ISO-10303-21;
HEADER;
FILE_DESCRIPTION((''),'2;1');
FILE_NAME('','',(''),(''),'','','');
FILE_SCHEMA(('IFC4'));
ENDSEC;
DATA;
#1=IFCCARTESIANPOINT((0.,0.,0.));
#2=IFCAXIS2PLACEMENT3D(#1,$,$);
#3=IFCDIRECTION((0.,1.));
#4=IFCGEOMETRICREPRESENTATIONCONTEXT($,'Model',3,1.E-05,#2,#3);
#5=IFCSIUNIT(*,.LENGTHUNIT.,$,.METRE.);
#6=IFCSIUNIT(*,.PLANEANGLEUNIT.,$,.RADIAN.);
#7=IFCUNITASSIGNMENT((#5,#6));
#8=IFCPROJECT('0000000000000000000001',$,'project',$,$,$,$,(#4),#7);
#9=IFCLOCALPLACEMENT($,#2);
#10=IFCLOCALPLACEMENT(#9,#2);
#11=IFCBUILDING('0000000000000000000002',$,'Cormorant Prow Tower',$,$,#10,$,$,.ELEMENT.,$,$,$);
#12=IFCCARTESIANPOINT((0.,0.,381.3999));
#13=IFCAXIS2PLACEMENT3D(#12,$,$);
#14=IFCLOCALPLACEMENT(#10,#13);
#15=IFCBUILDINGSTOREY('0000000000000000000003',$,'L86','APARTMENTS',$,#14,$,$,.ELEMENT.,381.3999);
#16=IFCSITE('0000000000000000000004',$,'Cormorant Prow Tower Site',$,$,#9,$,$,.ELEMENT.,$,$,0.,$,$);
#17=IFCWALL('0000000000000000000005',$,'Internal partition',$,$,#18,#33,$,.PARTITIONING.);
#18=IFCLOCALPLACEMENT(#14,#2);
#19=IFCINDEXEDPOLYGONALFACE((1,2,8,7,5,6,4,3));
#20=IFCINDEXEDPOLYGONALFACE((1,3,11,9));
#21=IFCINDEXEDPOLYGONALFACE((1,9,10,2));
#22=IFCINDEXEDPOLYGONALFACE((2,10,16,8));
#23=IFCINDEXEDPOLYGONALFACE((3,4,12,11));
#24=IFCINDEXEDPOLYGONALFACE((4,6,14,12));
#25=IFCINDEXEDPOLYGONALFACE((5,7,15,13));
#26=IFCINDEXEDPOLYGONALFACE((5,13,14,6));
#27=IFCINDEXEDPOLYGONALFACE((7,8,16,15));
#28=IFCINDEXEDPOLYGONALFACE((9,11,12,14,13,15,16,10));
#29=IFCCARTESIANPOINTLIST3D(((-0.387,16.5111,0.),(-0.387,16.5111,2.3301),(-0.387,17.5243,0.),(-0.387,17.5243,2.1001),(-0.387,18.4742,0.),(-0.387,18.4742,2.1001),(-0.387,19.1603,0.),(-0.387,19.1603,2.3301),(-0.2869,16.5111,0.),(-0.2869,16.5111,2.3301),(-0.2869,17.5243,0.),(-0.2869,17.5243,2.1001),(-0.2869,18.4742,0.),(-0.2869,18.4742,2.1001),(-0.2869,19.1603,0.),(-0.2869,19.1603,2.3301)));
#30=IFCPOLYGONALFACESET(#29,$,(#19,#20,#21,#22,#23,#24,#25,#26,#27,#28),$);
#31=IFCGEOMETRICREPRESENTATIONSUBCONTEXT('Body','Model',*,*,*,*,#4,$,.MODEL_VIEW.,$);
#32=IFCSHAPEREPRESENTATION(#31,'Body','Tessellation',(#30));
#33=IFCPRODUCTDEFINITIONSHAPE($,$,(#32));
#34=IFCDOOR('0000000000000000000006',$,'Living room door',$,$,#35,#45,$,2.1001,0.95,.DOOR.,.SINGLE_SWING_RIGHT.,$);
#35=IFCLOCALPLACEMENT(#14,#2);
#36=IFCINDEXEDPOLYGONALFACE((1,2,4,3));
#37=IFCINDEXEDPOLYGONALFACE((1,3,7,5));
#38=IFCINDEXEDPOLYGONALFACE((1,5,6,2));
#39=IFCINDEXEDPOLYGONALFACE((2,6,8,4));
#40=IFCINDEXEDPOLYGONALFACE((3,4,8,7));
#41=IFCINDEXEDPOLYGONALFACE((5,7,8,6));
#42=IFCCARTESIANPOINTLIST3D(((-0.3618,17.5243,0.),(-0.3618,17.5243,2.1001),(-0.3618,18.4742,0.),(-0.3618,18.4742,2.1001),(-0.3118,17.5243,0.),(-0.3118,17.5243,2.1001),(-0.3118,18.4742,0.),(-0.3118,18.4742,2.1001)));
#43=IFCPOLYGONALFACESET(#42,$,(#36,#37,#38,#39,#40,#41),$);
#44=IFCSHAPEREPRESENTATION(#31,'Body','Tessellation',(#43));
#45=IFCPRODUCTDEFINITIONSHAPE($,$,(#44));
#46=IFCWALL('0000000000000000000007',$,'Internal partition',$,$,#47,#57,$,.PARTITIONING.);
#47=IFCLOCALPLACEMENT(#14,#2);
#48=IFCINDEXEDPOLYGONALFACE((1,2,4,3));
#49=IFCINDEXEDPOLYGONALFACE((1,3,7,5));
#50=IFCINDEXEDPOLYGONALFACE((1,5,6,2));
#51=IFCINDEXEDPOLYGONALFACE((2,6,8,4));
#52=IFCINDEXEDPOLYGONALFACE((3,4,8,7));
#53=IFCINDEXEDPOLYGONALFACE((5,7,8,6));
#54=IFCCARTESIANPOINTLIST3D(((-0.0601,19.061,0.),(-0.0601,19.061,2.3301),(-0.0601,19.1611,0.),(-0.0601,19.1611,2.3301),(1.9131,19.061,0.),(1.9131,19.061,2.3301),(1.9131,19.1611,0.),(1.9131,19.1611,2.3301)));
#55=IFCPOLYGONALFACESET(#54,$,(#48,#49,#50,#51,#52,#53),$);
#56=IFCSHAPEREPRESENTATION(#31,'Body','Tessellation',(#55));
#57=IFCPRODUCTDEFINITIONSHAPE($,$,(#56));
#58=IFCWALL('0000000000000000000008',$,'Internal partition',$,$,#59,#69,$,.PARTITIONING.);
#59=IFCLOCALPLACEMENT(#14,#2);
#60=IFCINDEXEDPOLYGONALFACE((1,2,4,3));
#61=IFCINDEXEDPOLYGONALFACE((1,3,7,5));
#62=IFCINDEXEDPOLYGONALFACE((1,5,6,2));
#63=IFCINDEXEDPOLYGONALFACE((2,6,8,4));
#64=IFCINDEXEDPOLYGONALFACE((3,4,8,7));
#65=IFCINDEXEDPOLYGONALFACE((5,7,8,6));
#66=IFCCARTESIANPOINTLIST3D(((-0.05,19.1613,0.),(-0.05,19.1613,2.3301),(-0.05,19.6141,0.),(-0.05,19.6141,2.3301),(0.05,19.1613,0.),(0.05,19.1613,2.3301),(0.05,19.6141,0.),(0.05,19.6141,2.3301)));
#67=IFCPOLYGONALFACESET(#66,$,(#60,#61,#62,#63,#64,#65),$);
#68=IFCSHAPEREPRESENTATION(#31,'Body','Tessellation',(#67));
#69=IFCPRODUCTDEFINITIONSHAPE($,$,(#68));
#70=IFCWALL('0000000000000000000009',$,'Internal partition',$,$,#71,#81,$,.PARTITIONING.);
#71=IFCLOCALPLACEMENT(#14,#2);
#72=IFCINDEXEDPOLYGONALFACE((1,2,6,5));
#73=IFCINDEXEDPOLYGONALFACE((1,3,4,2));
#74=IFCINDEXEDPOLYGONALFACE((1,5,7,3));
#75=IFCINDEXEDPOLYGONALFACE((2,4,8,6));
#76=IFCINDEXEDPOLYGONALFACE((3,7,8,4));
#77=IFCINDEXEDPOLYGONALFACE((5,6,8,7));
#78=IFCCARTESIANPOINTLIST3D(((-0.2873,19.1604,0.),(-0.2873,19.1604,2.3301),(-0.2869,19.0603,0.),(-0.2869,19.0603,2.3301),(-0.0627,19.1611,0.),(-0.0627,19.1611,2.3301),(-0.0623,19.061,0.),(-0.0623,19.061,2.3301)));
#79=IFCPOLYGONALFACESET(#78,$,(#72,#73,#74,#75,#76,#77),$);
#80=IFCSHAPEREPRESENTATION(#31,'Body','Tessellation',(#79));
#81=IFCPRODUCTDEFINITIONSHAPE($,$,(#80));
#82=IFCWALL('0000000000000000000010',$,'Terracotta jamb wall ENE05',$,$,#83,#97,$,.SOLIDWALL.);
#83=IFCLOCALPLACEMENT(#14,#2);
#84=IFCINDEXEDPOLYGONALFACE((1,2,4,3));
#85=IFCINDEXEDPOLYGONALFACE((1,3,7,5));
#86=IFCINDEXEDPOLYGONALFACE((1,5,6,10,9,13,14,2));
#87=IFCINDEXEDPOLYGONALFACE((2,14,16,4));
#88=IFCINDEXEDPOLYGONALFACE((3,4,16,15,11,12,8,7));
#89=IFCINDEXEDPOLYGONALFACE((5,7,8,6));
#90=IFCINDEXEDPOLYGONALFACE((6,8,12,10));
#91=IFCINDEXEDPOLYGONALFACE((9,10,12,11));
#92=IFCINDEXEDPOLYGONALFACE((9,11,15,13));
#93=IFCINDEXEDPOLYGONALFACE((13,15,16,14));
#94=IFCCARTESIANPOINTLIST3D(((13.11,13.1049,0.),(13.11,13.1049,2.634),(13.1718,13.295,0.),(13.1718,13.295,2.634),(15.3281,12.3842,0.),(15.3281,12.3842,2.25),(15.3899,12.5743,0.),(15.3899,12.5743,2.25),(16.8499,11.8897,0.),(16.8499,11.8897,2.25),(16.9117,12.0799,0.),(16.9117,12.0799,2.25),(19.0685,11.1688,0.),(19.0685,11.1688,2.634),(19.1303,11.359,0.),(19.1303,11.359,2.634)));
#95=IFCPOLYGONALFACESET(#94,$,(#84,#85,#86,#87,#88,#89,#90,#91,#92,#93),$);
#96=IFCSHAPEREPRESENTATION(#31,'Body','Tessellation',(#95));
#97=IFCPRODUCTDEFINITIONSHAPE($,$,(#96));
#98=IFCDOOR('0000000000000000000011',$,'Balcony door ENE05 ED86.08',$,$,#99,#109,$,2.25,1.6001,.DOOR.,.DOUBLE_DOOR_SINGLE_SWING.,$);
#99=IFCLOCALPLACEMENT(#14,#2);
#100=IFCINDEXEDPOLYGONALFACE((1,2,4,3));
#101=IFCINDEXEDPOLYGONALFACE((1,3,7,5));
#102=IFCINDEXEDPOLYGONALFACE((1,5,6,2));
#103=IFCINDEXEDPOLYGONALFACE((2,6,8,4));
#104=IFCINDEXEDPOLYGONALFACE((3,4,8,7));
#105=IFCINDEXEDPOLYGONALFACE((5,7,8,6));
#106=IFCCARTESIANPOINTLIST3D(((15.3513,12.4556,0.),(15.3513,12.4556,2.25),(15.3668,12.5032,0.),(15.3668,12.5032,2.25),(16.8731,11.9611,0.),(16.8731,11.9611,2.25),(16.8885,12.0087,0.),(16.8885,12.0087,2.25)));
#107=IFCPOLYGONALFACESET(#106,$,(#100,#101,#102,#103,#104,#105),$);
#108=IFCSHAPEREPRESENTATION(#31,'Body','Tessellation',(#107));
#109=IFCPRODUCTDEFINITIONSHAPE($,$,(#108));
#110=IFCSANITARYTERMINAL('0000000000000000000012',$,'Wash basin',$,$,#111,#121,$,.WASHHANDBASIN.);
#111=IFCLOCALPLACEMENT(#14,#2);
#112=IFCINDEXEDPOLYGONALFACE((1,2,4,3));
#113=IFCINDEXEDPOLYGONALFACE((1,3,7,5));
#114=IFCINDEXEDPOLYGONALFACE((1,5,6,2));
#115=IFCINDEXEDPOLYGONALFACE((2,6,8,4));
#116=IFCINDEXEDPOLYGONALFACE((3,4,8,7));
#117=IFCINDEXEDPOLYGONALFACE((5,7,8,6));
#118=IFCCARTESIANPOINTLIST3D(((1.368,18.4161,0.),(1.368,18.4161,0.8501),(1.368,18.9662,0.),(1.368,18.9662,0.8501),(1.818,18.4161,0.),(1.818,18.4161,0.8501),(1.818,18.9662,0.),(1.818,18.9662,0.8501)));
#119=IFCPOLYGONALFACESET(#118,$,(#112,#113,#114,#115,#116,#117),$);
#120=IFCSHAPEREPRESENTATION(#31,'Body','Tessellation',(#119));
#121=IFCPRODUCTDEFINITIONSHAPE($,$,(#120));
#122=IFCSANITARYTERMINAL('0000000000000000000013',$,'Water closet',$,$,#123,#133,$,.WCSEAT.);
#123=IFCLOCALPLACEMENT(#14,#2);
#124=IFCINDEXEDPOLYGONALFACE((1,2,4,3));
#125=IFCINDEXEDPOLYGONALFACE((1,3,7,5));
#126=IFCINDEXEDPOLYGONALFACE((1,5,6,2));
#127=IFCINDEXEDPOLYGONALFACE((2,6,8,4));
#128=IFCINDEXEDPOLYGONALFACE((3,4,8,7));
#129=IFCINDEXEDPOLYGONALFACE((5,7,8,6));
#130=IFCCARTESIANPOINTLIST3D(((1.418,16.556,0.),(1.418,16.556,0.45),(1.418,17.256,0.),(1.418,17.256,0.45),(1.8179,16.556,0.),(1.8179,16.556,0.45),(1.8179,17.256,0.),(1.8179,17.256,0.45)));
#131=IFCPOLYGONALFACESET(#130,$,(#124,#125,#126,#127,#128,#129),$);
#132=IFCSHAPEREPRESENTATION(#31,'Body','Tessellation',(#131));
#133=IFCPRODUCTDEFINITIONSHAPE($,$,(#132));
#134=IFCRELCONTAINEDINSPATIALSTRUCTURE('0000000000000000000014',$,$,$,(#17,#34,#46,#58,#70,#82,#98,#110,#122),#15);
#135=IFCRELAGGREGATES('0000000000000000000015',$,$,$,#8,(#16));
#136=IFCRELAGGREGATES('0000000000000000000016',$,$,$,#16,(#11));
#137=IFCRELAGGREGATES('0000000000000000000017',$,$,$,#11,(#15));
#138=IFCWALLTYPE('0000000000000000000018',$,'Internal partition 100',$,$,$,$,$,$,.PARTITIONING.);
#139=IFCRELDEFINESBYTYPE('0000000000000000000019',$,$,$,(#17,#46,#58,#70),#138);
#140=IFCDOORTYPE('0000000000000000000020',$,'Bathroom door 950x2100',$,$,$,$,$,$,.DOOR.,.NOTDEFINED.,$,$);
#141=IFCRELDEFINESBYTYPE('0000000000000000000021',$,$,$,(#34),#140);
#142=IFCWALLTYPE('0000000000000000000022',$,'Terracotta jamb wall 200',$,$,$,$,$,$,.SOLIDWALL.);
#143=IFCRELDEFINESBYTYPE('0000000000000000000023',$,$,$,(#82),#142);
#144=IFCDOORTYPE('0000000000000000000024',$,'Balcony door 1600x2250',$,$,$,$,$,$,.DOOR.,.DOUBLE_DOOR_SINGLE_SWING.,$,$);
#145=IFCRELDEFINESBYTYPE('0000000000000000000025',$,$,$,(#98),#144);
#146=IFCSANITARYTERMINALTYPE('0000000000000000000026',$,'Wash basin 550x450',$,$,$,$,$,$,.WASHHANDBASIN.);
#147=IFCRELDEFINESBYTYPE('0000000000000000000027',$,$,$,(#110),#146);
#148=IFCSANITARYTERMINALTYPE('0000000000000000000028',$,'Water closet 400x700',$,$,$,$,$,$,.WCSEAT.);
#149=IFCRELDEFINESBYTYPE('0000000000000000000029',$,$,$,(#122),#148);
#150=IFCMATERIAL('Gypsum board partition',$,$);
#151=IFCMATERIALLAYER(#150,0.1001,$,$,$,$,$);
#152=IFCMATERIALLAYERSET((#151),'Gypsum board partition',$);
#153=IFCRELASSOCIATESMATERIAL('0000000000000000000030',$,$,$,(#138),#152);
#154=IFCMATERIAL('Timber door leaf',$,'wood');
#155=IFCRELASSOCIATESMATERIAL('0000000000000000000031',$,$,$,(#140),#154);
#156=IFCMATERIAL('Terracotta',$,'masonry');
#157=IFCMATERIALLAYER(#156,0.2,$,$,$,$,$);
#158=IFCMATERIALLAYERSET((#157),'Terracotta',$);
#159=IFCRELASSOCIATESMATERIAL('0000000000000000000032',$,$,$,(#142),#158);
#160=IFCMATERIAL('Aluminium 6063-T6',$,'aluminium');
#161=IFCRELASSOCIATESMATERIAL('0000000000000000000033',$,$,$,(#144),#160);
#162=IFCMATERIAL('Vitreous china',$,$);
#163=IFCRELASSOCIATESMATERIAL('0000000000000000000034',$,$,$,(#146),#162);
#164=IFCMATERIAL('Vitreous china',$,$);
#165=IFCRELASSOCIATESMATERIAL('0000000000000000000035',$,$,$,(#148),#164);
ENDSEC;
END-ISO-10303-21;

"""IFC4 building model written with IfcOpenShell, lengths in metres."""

from ifc_helpers import new_model, si_unit, direction, frame, frame_2d, origin, origin_2d, place, context, subcontext, project, spatial, rectangle, extrude, material, layer, layer_set, type_object, element, fill, save


model = new_model("IFC4")

# Units and contexts
model_context = context("Model", 3, precision=1e-05, world=origin(), true_north=direction((0.0, 1.0)))
body_context = subcontext(model_context, "Body", "Model", "MODEL_VIEW")
ifc_project = project(units=[si_unit("LENGTHUNIT", "METRE"), si_unit("PLANEANGLEUNIT", "RADIAN")], contexts=[model_context])

# Site, building, storey
site_placement = place(None, origin())
site = spatial("IfcSite", under=ifc_project, at=site_placement, Name="Cormorant Prow Tower Site", CompositionType="ELEMENT", RefElevation=0.0)
building_placement = place(site_placement, origin())
building = spatial("IfcBuilding", under=site, at=building_placement, Name="Cormorant Prow Tower", CompositionType="ELEMENT")
storey_placement = place(building_placement, frame((0.0, 0.0, 381.3999)))
storey = spatial("IfcBuildingStorey", under=building, at=storey_placement, Name="L86", Description="APARTMENTS", CompositionType="ELEMENT", Elevation=381.3999)

# Shared definitions
ifc_material_1 = material(Name="Gypsum board partition")
ifc_layer_1 = layer(ifc_material_1, 0.1001)
ifc_layer_set_1 = layer_set([ifc_layer_1], Name="Gypsum board partition")
wall_type_1 = type_object("IfcWallType", Name="Internal partition 100", PredefinedType="PARTITIONING", material=ifc_layer_set_1)

# Wall, opening, door
wall_1_placement = place(storey_placement, frame((-0.3369, 16.511, 0.0), z_axis=(0.0, 0.0, 1.0), x_axis=(0.0, 1.0, 0.0)))
wall_1 = element("IfcWall", 1, at=wall_1_placement, inside=storey, type_object=wall_type_1, Name="Internal partition", PredefinedType="PARTITIONING", context=body_context, shape_type="SweptSolid", body=[
    extrude(rectangle(XDim=2.6492, YDim=0.1001, at=frame_2d((1.3247, 0.0))), origin(), (0.0, 0.0, 1.0), 2.3301),
])
opening_1_placement = place(wall_1_placement, frame((1.0132, 0.0, 0.0)))
opening_1 = element("IfcOpeningElement", 2, at=opening_1_placement, cuts=wall_1, PredefinedType="OPENING", context=body_context, shape_type="SweptSolid", body=[
    extrude(rectangle(XDim=0.95, YDim=2.1001, at=frame_2d((0.4751, 1.05))), frame((0.0, 0.0601, 0.0), z_axis=(0.0, -1.0, 0.0), x_axis=(1.0, 0.0, 0.0)), (0.0, 0.0, 1.0), 0.1201),
])
ifc_material_2 = material(Name="Timber door leaf", Category="wood")
door_type_1 = type_object("IfcDoorType", Name="Bathroom door 950x2100", OperationType="NOTDEFINED", PredefinedType="DOOR", material=ifc_material_2)
door_1_placement = place(opening_1_placement, origin())
door_1 = element("IfcDoor", 3, at=door_1_placement, inside=storey, type_object=door_type_1, Name="Living room door", OperationType="SINGLE_SWING_RIGHT", OverallHeight=2.1001, OverallWidth=0.95, PredefinedType="DOOR", context=body_context, shape_type="SweptSolid", body=[
    extrude(rectangle(XDim=0.95, YDim=2.1001, at=frame_2d((0.4751, 1.05))), frame((0.0, 0.0249, 0.0), z_axis=(0.0, -1.0, 0.0), x_axis=(1.0, 0.0, 0.0)), (0.0, 0.0, 1.0), 0.05),
])
fill(opening_1, door_1)

# Walls
wall_2_placement = place(storey_placement, frame((-0.0601, 19.1111, 0.0), z_axis=(0.0, 0.0, 1.0), x_axis=(1.0, 0.0, 0.0)))
element("IfcWall", 4, at=wall_2_placement, inside=storey, type_object=wall_type_1, Name="Internal partition", PredefinedType="PARTITIONING", context=body_context, shape_type="SweptSolid", body=[
    extrude(rectangle(XDim=1.9731, YDim=0.1001, at=frame_2d((0.9866, 0.0))), origin(), (0.0, 0.0, 1.0), 2.3301),
])
wall_3_placement = place(storey_placement, frame((0.0, 19.1611, 0.0), z_axis=(0.0, 0.0, 1.0), x_axis=(0.0, 1.0, 0.0)))
element("IfcWall", 5, at=wall_3_placement, inside=storey, type_object=wall_type_1, Name="Internal partition", PredefinedType="PARTITIONING", context=body_context, shape_type="SweptSolid", body=[
    extrude(rectangle(XDim=0.4529, YDim=0.1001, at=frame_2d((0.2266, 0.0))), origin(), (0.0, 0.0, 1.0), 2.3301),
])
wall_4_placement = place(storey_placement, frame((-0.2871, 19.1104, 0.0), z_axis=(0.0, 0.0, 1.0), x_axis=(0.999995, 0.003261, 0.0)))
element("IfcWall", 6, at=wall_4_placement, inside=storey, type_object=wall_type_1, Name="Internal partition", PredefinedType="PARTITIONING", context=body_context, shape_type="SweptSolid", body=[
    extrude(rectangle(XDim=0.2246, YDim=0.1001, at=frame_2d((0.1123, 0.0))), origin(), (0.0, 0.0, 1.0), 2.3301),
])

# Wall, opening, door
ifc_material_3 = material(Name="Terracotta", Category="masonry")
ifc_layer_2 = layer(ifc_material_3, 0.2)
ifc_layer_set_2 = layer_set([ifc_layer_2], Name="Terracotta")
wall_type_2 = type_object("IfcWallType", Name="Terracotta jamb wall 200", PredefinedType="SOLIDWALL", material=ifc_layer_set_2)
wall_5_placement = place(storey_placement, frame((19.0994, 11.2639, 0.0), z_axis=(0.0, 0.0, 1.0), x_axis=(-0.951056, 0.309017, 0.0)))
wall_5 = element("IfcWall", 7, at=wall_5_placement, inside=storey, type_object=wall_type_2, Name="Terracotta jamb wall ENE05", PredefinedType="SOLIDWALL", context=body_context, shape_type="SweptSolid", body=[
    extrude(rectangle(XDim=6.2651, YDim=0.2, at=frame_2d((3.1326, 0.0))), origin(), (0.0, 0.0, 1.0), 2.634),
])
opening_2_placement = place(wall_5_placement, frame((2.3328, 0.0, 0.0)))
opening_2 = element("IfcOpeningElement", 8, at=opening_2_placement, cuts=wall_5, PredefinedType="OPENING", context=body_context, shape_type="SweptSolid", body=[
    extrude(rectangle(XDim=1.6001, YDim=2.25, at=frame_2d((0.8, 1.125))), frame((0.0, 0.1099, 0.0), z_axis=(0.0, -1.0, 0.0), x_axis=(1.0, 0.0, 0.0)), (0.0, 0.0, 1.0), 0.22),
])
ifc_material_4 = material(Name="Aluminium 6063-T6", Category="aluminium")
door_type_2 = type_object("IfcDoorType", Name="Balcony door 1600x2250", OperationType="DOUBLE_DOOR_SINGLE_SWING", PredefinedType="DOOR", material=ifc_material_4)
door_2_placement = place(opening_2_placement, origin())
door_2 = element("IfcDoor", 9, at=door_2_placement, inside=storey, type_object=door_type_2, Name="Balcony door ENE05 ED86.08", OperationType="DOUBLE_DOOR_SINGLE_SWING", OverallHeight=2.25, OverallWidth=1.6001, PredefinedType="DOOR", context=body_context, shape_type="SweptSolid", body=[
    extrude(rectangle(XDim=1.6001, YDim=2.25, at=frame_2d((0.8, 1.125))), frame((0.0, 0.0249, 0.0), z_axis=(0.0, -1.0, 0.0), x_axis=(1.0, 0.0, 0.0)), (0.0, 0.0, 1.0), 0.05),
])
fill(opening_2, door_2)

# Sanitary terminals
ifc_material_5 = material(Name="Vitreous china")
sanitary_terminal_type_1 = type_object("IfcSanitaryTerminalType", Name="Wash basin 550x450", PredefinedType="WASHHANDBASIN", material=ifc_material_5)
sanitary_terminal_1_placement = place(storey_placement, frame((1.593, 18.6912, 0.0), z_axis=(0.0, 0.0, 1.0), x_axis=(0.0, -1.0, 0.0)))
element("IfcSanitaryTerminal", 10, at=sanitary_terminal_1_placement, inside=storey, type_object=sanitary_terminal_type_1, Name="Wash basin", PredefinedType="WASHHANDBASIN", context=body_context, shape_type="SweptSolid", body=[
    extrude(rectangle(XDim=0.55, YDim=0.45, at=origin_2d()), origin(), (0.0, 0.0, 1.0), 0.8501),
])
ifc_material_6 = material(Name="Vitreous china")
sanitary_terminal_type_2 = type_object("IfcSanitaryTerminalType", Name="Water closet 400x700", PredefinedType="WCSEAT", material=ifc_material_6)
sanitary_terminal_2_placement = place(storey_placement, frame((1.6179, 16.906, 0.0), z_axis=(0.0, 0.0, 1.0), x_axis=(-1.0, 0.0, 0.0)))
element("IfcSanitaryTerminal", 11, at=sanitary_terminal_2_placement, inside=storey, type_object=sanitary_terminal_type_2, Name="Water closet", PredefinedType="WCSEAT", context=body_context, shape_type="SweptSolid", body=[
    extrude(rectangle(XDim=0.3999, YDim=0.7, at=origin_2d()), origin(), (0.0, 0.0, 1.0), 0.45),
])

save(model, "model.ifc")
